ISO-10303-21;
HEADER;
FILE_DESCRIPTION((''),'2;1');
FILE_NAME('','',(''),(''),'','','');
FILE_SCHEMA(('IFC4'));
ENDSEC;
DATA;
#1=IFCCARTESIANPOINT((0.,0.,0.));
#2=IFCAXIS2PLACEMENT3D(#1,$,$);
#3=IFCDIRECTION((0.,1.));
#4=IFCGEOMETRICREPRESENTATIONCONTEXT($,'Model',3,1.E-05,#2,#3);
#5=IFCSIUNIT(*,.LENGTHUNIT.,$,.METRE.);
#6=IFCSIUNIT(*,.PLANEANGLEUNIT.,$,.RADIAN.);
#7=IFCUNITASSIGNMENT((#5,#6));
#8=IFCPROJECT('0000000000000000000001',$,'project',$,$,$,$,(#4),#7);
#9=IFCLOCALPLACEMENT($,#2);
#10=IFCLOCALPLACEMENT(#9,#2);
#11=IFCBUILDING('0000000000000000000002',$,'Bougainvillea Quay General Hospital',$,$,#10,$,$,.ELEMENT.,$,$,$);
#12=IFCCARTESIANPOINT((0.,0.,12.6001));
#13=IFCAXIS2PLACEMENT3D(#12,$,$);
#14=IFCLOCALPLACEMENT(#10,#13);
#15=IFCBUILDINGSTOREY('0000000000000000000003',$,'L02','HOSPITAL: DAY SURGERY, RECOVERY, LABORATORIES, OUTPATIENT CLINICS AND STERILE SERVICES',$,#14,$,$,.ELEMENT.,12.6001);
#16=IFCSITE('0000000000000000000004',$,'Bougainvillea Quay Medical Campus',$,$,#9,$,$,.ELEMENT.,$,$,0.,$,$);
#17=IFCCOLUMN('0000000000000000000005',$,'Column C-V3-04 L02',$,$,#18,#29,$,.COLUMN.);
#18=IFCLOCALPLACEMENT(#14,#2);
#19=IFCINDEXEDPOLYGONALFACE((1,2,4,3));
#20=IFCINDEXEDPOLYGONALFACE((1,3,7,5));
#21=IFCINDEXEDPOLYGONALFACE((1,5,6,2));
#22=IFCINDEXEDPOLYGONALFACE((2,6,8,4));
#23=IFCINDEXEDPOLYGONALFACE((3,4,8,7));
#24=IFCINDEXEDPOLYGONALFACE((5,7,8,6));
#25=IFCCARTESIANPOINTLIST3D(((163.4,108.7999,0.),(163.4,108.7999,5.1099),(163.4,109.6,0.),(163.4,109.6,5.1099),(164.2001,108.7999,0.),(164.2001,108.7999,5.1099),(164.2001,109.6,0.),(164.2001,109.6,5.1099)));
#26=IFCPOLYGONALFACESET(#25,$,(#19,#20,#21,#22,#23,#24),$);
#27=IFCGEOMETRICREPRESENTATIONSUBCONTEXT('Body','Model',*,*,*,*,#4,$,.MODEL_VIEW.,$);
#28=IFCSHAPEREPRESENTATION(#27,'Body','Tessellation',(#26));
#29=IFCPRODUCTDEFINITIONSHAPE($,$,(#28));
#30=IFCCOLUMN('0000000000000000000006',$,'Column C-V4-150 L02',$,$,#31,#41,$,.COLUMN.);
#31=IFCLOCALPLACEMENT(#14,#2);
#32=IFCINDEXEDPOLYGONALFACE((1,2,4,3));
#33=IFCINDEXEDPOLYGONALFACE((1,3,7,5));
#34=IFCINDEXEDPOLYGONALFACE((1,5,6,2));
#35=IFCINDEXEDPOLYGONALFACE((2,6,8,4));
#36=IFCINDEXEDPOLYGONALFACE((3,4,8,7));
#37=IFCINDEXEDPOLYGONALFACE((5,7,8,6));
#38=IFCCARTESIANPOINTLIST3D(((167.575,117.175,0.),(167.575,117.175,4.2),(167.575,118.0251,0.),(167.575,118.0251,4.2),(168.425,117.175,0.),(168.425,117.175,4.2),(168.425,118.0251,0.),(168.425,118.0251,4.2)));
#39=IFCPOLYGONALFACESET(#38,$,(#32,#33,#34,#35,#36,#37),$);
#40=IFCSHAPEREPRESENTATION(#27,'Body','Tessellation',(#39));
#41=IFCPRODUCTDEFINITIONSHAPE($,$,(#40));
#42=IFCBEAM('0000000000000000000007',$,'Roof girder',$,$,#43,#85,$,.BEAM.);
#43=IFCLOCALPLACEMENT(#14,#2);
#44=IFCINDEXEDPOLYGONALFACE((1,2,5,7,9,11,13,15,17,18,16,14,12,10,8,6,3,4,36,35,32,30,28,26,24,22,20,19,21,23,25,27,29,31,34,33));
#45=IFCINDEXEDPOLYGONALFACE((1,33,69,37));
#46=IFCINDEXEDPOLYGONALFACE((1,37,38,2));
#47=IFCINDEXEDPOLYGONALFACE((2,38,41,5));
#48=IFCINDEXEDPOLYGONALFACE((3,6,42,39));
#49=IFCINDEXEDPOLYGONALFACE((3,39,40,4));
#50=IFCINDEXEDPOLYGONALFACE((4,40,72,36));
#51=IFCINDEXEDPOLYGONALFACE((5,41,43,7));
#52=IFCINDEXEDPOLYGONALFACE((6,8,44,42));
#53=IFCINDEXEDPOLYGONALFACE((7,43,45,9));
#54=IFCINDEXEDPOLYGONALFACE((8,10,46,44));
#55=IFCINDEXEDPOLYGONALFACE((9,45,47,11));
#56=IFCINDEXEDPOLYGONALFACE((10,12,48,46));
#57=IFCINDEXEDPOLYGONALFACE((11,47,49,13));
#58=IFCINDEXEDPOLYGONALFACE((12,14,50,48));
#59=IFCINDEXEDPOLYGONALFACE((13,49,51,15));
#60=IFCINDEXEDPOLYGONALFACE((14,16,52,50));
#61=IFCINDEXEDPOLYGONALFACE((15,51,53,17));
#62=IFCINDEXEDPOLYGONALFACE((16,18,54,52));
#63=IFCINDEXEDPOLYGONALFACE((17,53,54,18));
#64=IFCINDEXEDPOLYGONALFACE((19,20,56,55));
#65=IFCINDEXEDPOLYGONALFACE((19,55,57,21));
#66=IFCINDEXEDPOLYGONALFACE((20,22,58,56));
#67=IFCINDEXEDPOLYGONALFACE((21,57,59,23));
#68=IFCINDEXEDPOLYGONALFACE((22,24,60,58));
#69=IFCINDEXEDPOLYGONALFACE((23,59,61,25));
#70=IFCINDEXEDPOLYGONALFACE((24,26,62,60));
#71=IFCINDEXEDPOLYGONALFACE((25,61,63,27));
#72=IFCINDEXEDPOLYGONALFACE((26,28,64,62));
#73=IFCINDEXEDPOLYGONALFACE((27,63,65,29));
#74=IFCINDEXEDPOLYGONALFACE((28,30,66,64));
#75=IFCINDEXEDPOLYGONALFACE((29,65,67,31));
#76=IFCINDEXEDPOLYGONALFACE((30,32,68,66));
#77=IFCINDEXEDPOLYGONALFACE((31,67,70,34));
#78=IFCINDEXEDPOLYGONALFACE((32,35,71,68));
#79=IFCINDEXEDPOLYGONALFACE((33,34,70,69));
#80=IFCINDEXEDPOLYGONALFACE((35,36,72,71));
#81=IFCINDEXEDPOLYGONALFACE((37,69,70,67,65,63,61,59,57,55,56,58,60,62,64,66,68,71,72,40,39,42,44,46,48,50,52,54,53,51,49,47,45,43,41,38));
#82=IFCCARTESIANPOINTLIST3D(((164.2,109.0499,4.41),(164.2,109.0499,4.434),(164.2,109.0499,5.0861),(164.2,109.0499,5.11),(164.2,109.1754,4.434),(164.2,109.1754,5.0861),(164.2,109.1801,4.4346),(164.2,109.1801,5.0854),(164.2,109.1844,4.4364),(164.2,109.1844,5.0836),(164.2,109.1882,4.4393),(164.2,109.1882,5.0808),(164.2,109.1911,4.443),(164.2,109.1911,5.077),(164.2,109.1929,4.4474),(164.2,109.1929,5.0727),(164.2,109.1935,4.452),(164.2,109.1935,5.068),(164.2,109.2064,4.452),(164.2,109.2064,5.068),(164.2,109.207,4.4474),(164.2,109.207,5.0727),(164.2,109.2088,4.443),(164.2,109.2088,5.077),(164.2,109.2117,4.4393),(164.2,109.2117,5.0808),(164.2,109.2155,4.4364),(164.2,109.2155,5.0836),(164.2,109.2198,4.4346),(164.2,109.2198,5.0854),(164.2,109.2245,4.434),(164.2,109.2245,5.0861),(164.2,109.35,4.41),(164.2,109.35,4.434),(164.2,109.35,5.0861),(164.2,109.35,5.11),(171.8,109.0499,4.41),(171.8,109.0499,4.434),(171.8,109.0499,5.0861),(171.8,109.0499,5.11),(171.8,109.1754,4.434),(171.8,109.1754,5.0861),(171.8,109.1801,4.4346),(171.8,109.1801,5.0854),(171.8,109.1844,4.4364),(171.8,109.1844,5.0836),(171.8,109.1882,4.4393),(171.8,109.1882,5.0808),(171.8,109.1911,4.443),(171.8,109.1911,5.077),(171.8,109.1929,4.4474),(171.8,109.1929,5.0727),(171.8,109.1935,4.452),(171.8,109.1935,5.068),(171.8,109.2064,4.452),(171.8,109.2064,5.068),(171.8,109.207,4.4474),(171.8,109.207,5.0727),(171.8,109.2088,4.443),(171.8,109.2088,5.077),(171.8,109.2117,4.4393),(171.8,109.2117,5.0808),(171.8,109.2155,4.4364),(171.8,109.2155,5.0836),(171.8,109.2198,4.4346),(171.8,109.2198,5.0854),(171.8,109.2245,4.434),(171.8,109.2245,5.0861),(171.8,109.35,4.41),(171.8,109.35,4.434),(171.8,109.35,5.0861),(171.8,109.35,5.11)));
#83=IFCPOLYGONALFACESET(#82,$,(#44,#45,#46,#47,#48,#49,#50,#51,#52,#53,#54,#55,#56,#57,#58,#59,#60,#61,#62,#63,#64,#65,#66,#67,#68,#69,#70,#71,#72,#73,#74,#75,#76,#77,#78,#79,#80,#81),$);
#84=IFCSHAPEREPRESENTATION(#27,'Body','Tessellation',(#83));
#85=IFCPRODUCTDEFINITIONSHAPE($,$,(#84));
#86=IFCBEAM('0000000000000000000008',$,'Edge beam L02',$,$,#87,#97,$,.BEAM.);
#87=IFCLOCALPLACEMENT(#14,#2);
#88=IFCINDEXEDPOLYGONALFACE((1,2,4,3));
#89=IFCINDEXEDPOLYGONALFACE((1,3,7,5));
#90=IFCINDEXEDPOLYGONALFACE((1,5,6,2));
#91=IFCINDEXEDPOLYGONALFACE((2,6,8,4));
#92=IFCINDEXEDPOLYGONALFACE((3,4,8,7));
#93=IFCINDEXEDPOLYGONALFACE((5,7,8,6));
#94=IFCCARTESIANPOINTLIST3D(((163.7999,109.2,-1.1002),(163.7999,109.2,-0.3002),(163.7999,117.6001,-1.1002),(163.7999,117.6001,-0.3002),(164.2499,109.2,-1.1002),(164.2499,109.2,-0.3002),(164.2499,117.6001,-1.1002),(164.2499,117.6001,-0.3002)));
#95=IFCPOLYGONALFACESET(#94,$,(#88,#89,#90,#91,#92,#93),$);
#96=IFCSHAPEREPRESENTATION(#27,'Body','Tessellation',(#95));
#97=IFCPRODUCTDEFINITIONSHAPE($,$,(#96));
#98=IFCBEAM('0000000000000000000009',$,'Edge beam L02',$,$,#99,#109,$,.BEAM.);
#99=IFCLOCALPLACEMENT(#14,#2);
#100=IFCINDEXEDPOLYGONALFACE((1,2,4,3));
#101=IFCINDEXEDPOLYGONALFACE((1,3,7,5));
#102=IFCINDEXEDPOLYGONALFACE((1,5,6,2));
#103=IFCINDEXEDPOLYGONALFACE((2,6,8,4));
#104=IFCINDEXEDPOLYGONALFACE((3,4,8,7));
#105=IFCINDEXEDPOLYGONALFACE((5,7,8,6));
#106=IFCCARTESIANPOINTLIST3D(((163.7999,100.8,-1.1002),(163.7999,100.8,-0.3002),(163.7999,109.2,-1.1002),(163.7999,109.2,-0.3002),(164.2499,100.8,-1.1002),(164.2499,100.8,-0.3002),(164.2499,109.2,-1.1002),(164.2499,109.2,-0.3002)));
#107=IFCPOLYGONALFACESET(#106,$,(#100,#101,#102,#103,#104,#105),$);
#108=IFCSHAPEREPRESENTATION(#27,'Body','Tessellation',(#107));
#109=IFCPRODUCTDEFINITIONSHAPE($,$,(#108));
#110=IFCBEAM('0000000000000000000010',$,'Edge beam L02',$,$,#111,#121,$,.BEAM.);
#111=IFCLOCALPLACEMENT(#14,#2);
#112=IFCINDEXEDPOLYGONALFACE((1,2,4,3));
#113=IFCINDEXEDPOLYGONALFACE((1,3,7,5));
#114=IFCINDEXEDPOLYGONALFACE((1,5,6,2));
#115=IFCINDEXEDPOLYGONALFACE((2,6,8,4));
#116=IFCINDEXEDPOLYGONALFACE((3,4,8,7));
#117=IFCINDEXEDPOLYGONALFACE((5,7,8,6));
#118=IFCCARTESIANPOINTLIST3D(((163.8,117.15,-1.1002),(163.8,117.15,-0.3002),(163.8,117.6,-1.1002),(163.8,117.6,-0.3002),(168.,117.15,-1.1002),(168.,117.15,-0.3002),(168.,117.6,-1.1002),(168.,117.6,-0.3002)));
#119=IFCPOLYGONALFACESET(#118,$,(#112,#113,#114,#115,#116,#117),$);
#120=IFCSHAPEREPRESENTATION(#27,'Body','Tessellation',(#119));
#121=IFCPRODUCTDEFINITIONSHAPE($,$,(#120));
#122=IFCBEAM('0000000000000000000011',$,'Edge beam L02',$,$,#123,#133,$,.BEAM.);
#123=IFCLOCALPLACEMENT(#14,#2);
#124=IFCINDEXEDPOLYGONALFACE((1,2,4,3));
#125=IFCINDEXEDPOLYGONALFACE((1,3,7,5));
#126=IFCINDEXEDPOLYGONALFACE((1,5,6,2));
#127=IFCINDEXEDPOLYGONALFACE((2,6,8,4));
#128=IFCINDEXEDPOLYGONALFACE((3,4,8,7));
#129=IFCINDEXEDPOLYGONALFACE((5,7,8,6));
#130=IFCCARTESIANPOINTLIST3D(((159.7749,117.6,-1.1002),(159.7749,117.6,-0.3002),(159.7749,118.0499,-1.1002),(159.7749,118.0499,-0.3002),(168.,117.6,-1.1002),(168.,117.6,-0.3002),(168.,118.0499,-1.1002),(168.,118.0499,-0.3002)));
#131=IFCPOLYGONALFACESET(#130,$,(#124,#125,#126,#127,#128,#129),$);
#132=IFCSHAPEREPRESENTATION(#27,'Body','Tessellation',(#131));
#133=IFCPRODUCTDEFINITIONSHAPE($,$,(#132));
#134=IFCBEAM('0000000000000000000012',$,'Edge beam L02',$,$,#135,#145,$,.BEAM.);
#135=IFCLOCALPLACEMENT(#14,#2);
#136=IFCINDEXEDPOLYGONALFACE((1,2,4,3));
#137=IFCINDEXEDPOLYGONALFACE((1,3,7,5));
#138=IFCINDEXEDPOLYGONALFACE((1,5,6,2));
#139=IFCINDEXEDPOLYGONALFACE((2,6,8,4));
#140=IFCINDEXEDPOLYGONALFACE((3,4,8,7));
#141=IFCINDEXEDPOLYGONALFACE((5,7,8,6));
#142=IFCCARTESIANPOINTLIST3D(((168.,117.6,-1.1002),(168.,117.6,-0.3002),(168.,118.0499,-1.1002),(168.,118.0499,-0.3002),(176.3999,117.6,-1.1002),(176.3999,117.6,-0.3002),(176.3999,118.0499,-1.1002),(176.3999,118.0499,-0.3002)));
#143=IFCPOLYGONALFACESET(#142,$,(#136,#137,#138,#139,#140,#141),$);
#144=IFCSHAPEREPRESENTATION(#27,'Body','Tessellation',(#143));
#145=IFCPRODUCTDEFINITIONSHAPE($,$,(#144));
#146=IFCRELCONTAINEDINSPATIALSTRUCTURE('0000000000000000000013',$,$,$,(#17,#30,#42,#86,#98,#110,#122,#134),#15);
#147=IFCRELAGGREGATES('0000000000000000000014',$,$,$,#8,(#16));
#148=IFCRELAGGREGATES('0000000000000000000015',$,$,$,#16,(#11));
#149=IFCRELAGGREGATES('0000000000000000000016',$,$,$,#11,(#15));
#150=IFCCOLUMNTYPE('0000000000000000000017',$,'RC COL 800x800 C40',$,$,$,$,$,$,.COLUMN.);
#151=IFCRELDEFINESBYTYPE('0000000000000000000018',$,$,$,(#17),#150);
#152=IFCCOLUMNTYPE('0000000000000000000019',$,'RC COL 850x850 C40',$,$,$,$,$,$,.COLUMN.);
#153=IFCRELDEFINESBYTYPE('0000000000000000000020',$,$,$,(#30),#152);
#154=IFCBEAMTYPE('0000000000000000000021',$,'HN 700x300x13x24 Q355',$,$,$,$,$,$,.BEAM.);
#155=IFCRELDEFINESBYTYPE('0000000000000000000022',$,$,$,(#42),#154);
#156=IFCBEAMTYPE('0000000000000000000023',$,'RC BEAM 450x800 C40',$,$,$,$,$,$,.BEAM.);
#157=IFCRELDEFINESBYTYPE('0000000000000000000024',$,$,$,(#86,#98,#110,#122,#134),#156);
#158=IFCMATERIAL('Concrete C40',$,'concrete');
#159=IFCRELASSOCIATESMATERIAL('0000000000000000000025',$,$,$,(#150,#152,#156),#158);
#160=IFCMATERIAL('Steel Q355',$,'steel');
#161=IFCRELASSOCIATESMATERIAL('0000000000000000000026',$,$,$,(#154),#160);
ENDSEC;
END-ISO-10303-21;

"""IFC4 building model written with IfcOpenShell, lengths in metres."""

from ifc_helpers import new_model, si_unit, direction, frame, origin, origin_2d, place, context, subcontext, project, spatial, rectangle, i_section, extrude, material, material_profile, profile_set, type_object, element, save


model = new_model("IFC4")

# Units and contexts
model_context = context("Model", 3, precision=1e-05, world=origin(), true_north=direction((0.0, 1.0)))
body_context = subcontext(model_context, "Body", "Model", "MODEL_VIEW")
ifc_project = project(units=[si_unit("LENGTHUNIT", "METRE"), si_unit("PLANEANGLEUNIT", "RADIAN")], contexts=[model_context])

# Site, building, storey
site_placement = place(None, origin())
site = spatial("IfcSite", under=ifc_project, at=site_placement, Name="Bougainvillea Quay Medical Campus", CompositionType="ELEMENT", RefElevation=0.0)
building_placement = place(site_placement, origin())
building = spatial("IfcBuilding", under=site, at=building_placement, Name="Bougainvillea Quay General Hospital", CompositionType="ELEMENT")
storey_placement = place(building_placement, frame((0.0, 0.0, 12.6001)))
storey = spatial("IfcBuildingStorey", under=building, at=storey_placement, Name="L02", Description="HOSPITAL: DAY SURGERY, RECOVERY, LABORATORIES, OUTPATIENT CLINICS AND STERILE SERVICES", CompositionType="ELEMENT", Elevation=12.6001)

# Columns
ifc_material_1 = material(Name="Concrete C40", Category="concrete")
ifc_material_profile_1 = material_profile(ifc_material_1, rectangle(XDim=0.8, YDim=0.8, at=origin_2d()))
ifc_profile_set_1 = profile_set([ifc_material_profile_1], Name="Concrete C40")
column_type_1 = type_object("IfcColumnType", Name="RC COL 800x800 C40", PredefinedType="COLUMN", material=ifc_profile_set_1)
column_1_placement = place(storey_placement, frame((163.8, 109.2, 0.0), z_axis=(0.0, 0.0, 1.0), x_axis=(1.0, 0.0, 0.0)))
element("IfcColumn", 1, at=column_1_placement, inside=storey, type_object=column_type_1, Name="Column C-V3-04 L02", PredefinedType="COLUMN", context=body_context, shape_type="SweptSolid", body=[
    extrude(rectangle(XDim=0.8, YDim=0.8, at=origin_2d()), origin(), (0.0, 0.0, 1.0), 5.1099),
])
ifc_material_profile_2 = material_profile(ifc_material_1, rectangle(XDim=0.8501, YDim=0.8501, at=origin_2d()))
ifc_profile_set_2 = profile_set([ifc_material_profile_2], Name="Concrete C40")
column_type_2 = type_object("IfcColumnType", Name="RC COL 850x850 C40", PredefinedType="COLUMN", material=ifc_profile_set_2)
column_2_placement = place(storey_placement, frame((168.0, 117.6001, 0.0), z_axis=(0.0, 0.0, 1.0), x_axis=(1.0, 0.0, 0.0)))
element("IfcColumn", 2, at=column_2_placement, inside=storey, type_object=column_type_2, Name="Column C-V4-150 L02", PredefinedType="COLUMN", context=body_context, shape_type="SweptSolid", body=[
    extrude(rectangle(XDim=0.8501, YDim=0.8501, at=origin_2d()), origin(), (0.0, 0.0, 1.0), 4.2),
])

# Beams
ifc_material_2 = material(Name="Steel Q355", Category="steel")
ifc_material_profile_3 = material_profile(ifc_material_2, i_section(OverallWidth=0.3, OverallDepth=0.7, WebThickness=0.0129, FlangeThickness=0.0239, FilletRadius=0.0181, at=origin_2d()))
ifc_profile_set_3 = profile_set([ifc_material_profile_3], Name="Steel Q355")
beam_type_1 = type_object("IfcBeamType", Name="HN 700x300x13x24 Q355", PredefinedType="BEAM", material=ifc_profile_set_3)
beam_1_placement = place(storey_placement, frame((164.2, 109.2, 4.76), z_axis=(1.0, 0.0, 0.0), x_axis=(0.0, 1.0, 0.0)))
element("IfcBeam", 3, at=beam_1_placement, inside=storey, type_object=beam_type_1, Name="Roof girder", PredefinedType="BEAM", context=body_context, shape_type="SweptSolid", body=[
    extrude(i_section(OverallWidth=0.3, OverallDepth=0.7, WebThickness=0.0129, FlangeThickness=0.0239, FilletRadius=0.0181, at=origin_2d()), origin(), (0.0, 0.0, 1.0), 7.6001),
])
ifc_material_profile_4 = material_profile(ifc_material_1, rectangle(XDim=0.45, YDim=0.8, at=origin_2d()))
ifc_profile_set_4 = profile_set([ifc_material_profile_4], Name="Concrete C40")
beam_type_2 = type_object("IfcBeamType", Name="RC BEAM 450x800 C40", PredefinedType="BEAM", material=ifc_profile_set_4)
beam_2_placement = place(storey_placement, frame((164.0249, 117.6001, -0.7002), z_axis=(0.0, -1.0, 0.0), x_axis=(1.0, 0.0, 0.0)))
element("IfcBeam", 4, at=beam_2_placement, inside=storey, type_object=beam_type_2, Name="Edge beam L02", PredefinedType="BEAM", context=body_context, shape_type="SweptSolid", body=[
    extrude(rectangle(XDim=0.45, YDim=0.8, at=origin_2d()), origin(), (0.0, 0.0, 1.0), 8.4001),
])
beam_3_placement = place(storey_placement, frame((164.0249, 109.2, -0.7002), z_axis=(0.0, -1.0, 0.0), x_axis=(1.0, 0.0, 0.0)))
element("IfcBeam", 5, at=beam_3_placement, inside=storey, type_object=beam_type_2, Name="Edge beam L02", PredefinedType="BEAM", context=body_context, shape_type="SweptSolid", body=[
    extrude(rectangle(XDim=0.45, YDim=0.8, at=origin_2d()), origin(), (0.0, 0.0, 1.0), 8.3999),
])
beam_4_placement = place(storey_placement, frame((168.0, 117.375, -0.7002), z_axis=(-1.0, 0.0, 0.0), x_axis=(0.0, -1.0, 0.0)))
element("IfcBeam", 6, at=beam_4_placement, inside=storey, type_object=beam_type_2, Name="Edge beam L02", PredefinedType="BEAM", context=body_context, shape_type="SweptSolid", body=[
    extrude(rectangle(XDim=0.45, YDim=0.8, at=origin_2d()), origin(), (0.0, 0.0, 1.0), 4.2),
])
beam_5_placement = place(storey_placement, frame((159.7749, 117.825, -0.7002), z_axis=(1.0, 0.0, 0.0), x_axis=(0.0, 1.0, 0.0)))
element("IfcBeam", 7, at=beam_5_placement, inside=storey, type_object=beam_type_2, Name="Edge beam L02", PredefinedType="BEAM", context=body_context, shape_type="SweptSolid", body=[
    extrude(rectangle(XDim=0.45, YDim=0.8, at=origin_2d()), origin(), (0.0, 0.0, 1.0), 8.2251),
])
beam_6_placement = place(storey_placement, frame((168.0, 117.825, -0.7002), z_axis=(1.0, 0.0, 0.0), x_axis=(0.0, 1.0, 0.0)))
element("IfcBeam", 8, at=beam_6_placement, inside=storey, type_object=beam_type_2, Name="Edge beam L02", PredefinedType="BEAM", context=body_context, shape_type="SweptSolid", body=[
    extrude(rectangle(XDim=0.45, YDim=0.8, at=origin_2d()), origin(), (0.0, 0.0, 1.0), 8.3999),
])

save(model, "model.ifc")
